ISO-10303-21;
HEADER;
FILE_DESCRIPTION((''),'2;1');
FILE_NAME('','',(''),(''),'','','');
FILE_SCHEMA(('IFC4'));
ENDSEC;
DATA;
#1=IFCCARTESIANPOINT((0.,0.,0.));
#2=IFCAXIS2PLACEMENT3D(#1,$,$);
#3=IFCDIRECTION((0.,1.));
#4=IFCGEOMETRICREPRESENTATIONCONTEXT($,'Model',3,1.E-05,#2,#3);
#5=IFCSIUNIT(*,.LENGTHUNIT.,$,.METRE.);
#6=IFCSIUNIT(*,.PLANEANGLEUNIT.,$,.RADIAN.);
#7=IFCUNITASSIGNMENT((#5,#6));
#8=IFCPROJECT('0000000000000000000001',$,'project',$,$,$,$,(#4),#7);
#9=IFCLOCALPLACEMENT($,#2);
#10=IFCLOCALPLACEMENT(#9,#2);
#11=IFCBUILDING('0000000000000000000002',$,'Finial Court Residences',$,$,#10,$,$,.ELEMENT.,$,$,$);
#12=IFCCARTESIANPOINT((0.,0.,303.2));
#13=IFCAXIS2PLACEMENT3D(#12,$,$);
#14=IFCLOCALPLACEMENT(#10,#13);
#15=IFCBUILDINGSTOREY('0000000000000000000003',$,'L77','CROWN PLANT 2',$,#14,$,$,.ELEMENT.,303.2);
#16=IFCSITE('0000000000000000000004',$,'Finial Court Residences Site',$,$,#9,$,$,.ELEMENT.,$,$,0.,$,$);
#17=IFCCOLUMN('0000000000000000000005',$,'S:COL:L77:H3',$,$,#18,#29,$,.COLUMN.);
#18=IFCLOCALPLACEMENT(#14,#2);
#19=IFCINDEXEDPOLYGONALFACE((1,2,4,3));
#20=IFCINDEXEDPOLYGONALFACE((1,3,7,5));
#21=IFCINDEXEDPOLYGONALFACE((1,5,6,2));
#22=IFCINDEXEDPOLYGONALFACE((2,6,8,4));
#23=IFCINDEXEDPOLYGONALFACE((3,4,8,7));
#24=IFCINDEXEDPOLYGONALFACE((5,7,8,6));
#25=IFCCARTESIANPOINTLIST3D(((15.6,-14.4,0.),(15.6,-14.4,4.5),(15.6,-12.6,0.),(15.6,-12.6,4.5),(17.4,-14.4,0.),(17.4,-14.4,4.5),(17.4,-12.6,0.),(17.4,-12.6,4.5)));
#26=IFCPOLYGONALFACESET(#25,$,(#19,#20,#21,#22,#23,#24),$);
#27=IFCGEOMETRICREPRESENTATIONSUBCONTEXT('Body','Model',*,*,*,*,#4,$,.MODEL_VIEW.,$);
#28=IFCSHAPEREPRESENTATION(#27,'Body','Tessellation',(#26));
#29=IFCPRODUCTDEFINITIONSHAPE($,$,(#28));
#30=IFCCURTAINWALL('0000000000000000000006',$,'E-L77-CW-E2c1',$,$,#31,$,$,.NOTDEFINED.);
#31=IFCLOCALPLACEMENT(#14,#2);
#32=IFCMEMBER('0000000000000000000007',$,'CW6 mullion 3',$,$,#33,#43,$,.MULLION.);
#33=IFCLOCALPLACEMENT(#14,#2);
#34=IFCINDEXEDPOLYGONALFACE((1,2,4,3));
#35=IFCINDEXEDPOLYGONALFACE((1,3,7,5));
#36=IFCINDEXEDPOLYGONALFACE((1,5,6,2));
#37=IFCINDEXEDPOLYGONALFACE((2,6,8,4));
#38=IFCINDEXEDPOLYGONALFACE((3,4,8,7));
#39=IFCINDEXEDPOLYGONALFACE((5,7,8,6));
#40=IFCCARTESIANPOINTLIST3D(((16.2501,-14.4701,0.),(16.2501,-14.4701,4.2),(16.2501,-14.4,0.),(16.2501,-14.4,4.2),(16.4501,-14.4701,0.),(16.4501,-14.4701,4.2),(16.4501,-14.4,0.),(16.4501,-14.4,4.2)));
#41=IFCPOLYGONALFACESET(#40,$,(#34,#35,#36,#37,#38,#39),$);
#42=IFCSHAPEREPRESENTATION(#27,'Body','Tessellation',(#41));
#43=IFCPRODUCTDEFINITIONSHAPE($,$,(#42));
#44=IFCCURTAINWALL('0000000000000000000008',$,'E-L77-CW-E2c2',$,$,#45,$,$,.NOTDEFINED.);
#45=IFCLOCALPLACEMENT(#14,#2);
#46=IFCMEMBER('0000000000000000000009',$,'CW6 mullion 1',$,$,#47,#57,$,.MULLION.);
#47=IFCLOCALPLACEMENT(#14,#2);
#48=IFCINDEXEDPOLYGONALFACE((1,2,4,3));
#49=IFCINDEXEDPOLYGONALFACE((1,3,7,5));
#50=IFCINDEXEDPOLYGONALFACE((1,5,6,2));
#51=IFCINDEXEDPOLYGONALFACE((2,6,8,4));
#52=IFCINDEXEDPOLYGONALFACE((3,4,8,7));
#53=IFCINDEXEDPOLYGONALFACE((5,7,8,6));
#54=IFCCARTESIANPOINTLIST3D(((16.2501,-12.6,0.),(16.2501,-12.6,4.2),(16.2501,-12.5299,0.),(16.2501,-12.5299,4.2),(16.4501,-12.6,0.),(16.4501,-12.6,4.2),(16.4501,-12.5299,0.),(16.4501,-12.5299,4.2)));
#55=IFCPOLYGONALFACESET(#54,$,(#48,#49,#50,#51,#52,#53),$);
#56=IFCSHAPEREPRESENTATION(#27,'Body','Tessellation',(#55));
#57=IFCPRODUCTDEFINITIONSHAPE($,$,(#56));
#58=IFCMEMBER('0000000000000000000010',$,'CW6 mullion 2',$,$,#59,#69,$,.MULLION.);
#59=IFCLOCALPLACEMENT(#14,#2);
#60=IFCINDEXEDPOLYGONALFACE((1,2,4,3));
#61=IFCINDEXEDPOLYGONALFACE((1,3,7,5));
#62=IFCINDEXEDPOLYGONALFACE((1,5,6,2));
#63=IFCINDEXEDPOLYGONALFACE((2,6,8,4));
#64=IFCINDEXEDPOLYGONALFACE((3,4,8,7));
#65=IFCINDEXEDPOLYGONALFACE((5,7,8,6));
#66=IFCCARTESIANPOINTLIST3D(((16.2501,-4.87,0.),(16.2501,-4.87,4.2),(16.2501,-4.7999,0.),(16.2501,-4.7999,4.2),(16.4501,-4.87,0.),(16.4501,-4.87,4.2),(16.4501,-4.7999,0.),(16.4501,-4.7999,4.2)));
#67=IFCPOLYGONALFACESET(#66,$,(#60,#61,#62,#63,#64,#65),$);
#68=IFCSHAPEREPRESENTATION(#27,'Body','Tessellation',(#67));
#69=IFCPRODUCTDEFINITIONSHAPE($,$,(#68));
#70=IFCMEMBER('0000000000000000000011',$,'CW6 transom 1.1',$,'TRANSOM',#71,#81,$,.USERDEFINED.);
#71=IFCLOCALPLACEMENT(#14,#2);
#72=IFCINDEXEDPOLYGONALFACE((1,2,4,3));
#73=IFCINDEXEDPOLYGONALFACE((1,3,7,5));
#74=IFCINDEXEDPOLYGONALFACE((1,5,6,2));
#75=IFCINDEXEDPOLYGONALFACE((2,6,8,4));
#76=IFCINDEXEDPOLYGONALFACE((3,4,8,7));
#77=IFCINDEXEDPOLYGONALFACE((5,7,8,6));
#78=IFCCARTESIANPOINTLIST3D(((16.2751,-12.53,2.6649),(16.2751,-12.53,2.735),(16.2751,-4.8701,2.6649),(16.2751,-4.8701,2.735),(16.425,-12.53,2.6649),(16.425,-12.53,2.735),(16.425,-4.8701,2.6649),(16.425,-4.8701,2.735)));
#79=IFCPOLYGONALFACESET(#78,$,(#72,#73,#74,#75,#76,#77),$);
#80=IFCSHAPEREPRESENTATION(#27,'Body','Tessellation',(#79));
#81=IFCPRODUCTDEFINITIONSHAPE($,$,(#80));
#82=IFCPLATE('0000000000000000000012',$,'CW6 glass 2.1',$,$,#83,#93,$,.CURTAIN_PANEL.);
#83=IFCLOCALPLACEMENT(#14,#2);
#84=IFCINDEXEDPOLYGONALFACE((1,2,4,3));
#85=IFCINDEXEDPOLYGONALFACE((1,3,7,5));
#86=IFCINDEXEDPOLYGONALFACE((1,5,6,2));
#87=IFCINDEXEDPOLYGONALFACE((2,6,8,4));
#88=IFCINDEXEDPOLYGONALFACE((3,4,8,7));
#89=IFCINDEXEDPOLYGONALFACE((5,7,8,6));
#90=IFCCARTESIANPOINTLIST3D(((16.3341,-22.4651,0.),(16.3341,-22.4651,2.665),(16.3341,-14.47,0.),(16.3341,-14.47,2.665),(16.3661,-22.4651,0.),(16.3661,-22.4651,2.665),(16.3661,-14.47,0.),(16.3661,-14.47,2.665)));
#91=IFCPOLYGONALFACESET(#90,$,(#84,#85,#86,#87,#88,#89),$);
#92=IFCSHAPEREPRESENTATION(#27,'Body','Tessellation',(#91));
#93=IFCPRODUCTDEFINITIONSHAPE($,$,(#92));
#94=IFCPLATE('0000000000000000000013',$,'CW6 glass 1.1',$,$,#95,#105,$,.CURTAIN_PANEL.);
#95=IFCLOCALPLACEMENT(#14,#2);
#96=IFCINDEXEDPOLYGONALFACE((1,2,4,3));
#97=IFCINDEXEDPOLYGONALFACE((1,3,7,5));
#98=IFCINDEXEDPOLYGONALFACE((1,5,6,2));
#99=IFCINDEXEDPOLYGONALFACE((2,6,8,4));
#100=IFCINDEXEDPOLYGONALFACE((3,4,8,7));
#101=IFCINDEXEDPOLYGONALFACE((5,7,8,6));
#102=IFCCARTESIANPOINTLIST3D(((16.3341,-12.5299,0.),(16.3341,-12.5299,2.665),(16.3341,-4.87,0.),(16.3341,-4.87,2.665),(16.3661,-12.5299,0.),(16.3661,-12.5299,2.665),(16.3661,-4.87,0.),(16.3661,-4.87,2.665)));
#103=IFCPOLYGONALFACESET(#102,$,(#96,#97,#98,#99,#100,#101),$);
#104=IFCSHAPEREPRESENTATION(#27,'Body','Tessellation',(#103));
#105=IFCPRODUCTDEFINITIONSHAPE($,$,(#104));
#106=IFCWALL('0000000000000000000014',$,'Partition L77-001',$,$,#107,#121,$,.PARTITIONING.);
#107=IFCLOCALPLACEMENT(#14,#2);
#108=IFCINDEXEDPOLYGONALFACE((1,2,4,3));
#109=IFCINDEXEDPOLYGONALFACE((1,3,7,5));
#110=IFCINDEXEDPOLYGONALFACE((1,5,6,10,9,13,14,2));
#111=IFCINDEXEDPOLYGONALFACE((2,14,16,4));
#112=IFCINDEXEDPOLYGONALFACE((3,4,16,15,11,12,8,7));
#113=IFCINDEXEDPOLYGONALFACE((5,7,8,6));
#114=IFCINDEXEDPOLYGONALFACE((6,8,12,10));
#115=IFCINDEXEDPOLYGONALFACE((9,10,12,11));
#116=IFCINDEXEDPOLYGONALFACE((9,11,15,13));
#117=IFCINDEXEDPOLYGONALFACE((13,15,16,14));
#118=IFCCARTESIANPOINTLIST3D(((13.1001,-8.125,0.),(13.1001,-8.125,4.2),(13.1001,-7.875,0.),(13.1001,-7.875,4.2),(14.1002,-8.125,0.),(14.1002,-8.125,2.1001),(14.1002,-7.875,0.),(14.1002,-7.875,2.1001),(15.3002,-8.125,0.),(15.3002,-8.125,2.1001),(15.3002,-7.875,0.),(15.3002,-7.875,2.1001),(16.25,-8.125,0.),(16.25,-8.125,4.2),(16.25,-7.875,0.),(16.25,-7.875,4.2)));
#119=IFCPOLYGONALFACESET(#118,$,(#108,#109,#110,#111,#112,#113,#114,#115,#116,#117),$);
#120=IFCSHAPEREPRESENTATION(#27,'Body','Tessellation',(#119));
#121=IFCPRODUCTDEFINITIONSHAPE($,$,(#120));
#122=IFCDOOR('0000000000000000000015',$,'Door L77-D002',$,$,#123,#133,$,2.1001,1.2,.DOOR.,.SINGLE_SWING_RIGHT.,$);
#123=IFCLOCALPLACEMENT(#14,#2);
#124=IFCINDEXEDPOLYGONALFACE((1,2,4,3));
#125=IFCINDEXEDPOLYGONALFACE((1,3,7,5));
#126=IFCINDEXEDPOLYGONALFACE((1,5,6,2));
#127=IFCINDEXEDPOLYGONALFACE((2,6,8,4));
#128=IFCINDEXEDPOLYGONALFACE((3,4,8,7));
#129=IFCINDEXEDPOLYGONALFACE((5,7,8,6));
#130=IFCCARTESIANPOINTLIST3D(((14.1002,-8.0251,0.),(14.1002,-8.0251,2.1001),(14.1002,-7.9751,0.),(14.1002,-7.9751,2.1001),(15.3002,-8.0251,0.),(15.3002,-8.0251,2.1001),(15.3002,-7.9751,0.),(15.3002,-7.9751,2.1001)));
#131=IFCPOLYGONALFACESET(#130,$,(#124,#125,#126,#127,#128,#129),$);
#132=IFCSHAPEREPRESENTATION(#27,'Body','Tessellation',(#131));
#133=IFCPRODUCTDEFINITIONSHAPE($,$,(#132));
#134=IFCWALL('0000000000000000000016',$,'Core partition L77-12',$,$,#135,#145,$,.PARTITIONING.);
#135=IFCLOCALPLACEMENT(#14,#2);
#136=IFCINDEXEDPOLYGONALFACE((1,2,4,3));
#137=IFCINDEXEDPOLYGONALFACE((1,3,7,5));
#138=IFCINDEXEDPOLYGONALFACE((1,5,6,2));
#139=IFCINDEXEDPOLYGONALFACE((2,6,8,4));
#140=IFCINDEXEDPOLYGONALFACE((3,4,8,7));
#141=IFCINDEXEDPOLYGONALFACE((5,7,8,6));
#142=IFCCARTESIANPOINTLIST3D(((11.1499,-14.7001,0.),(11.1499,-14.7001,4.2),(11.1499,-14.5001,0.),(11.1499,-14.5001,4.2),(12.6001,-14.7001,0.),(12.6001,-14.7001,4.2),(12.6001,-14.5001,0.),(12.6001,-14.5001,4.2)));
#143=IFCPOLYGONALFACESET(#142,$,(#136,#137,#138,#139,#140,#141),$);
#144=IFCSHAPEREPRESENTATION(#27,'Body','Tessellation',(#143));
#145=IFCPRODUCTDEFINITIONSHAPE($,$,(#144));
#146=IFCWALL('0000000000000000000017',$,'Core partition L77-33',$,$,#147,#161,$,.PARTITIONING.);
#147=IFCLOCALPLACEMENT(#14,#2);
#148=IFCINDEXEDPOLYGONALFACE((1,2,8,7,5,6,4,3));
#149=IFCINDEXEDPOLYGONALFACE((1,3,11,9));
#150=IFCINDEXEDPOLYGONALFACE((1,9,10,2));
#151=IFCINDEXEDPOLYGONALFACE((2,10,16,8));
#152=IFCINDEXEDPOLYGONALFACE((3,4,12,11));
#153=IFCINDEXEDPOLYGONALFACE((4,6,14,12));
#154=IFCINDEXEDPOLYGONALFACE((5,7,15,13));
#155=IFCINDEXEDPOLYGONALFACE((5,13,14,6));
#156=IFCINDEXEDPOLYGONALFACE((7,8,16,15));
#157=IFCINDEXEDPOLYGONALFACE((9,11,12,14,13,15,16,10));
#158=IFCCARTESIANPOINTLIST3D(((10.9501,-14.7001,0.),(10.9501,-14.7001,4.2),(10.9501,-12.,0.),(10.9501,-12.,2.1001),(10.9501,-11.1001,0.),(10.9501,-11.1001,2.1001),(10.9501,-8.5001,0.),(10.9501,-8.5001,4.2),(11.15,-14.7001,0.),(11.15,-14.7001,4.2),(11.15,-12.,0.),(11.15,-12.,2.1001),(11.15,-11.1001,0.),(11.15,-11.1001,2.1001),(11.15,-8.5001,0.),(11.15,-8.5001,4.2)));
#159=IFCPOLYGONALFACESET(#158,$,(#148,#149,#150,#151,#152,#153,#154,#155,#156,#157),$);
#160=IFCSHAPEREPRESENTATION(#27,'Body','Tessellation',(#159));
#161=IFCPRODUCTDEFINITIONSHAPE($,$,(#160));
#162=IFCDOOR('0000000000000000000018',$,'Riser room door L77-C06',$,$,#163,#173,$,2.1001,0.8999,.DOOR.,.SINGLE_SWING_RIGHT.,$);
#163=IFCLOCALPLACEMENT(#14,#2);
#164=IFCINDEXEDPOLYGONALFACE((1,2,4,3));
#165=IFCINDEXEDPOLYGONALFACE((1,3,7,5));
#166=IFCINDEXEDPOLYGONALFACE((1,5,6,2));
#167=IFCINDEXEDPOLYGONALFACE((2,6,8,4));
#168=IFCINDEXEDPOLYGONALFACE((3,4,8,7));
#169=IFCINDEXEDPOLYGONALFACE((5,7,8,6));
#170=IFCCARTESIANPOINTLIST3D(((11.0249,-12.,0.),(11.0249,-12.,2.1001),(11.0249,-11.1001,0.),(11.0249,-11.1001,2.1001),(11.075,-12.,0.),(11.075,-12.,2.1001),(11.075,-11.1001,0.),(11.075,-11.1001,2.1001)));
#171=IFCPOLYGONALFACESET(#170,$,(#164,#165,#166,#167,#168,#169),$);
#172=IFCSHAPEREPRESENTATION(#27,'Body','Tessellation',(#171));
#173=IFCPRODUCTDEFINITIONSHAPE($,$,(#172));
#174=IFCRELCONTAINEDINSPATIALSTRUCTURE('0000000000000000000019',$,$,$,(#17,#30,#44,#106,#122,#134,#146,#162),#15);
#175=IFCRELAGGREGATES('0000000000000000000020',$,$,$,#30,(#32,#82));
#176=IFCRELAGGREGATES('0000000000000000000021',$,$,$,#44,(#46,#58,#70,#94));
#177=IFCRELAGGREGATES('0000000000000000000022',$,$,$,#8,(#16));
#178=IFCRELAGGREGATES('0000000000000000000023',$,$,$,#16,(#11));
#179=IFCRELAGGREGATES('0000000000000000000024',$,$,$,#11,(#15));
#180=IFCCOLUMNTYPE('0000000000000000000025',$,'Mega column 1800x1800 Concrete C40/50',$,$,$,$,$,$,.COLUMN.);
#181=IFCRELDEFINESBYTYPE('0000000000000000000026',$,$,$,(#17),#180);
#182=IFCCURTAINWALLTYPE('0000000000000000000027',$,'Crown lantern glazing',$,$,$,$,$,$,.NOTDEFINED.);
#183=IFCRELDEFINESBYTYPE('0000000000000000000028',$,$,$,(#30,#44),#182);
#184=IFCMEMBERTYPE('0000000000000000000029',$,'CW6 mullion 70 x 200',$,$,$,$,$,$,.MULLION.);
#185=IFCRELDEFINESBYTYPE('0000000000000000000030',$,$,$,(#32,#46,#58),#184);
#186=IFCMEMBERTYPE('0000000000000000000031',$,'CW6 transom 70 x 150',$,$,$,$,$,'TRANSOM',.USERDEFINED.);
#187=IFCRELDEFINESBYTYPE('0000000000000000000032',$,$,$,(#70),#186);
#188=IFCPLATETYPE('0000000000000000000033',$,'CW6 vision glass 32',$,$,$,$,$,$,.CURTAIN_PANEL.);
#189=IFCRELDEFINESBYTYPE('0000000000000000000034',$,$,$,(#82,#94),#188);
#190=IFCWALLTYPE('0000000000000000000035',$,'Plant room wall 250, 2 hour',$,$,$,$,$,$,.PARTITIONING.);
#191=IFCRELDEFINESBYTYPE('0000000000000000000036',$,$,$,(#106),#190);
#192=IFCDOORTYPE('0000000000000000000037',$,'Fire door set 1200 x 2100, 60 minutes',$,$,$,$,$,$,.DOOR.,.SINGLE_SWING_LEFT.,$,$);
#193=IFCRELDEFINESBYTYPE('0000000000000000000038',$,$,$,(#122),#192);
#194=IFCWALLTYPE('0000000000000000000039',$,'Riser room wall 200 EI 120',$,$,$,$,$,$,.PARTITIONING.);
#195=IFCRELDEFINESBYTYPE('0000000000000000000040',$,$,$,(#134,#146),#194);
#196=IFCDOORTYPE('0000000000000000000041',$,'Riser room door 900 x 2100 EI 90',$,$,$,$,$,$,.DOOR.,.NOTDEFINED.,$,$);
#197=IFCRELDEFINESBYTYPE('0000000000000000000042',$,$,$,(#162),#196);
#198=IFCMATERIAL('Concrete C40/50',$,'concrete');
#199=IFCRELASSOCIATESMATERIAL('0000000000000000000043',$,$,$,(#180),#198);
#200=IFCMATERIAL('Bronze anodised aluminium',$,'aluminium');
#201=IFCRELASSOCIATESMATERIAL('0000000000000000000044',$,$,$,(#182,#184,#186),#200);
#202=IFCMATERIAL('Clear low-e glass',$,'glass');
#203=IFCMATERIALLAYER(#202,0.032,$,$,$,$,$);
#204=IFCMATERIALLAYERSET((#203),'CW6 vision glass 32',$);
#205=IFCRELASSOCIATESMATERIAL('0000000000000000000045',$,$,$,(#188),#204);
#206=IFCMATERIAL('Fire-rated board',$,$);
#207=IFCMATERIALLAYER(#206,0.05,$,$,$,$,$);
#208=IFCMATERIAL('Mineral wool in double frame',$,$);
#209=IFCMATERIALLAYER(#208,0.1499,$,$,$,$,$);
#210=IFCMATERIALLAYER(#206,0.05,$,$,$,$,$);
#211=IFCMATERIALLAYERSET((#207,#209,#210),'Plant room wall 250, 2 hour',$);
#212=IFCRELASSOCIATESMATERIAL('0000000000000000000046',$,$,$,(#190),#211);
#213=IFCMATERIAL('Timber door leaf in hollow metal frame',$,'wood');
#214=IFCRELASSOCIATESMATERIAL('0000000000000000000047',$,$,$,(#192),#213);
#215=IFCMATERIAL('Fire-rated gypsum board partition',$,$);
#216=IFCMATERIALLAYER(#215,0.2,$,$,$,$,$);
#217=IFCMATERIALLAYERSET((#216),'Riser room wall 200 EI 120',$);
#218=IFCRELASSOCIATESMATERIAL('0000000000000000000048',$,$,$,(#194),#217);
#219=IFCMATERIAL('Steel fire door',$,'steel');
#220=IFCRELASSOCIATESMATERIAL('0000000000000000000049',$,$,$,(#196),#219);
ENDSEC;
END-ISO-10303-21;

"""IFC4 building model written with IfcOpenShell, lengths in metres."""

from ifc_helpers import new_model, si_unit, direction, frame, frame_2d, origin, origin_2d, place, context, subcontext, project, spatial, rectangle, extrude, material, layer, layer_set, material_profile, profile_set, type_object, element, fill, aggregate, save


model = new_model("IFC4")

# Units and contexts
model_context = context("Model", 3, precision=1e-05, world=origin(), true_north=direction((0.0, 1.0)))
body_context = subcontext(model_context, "Body", "Model", "MODEL_VIEW")
ifc_project = project(units=[si_unit("LENGTHUNIT", "METRE"), si_unit("PLANEANGLEUNIT", "RADIAN")], contexts=[model_context])

# Site, building, storey
site_placement = place(None, origin())
site = spatial("IfcSite", under=ifc_project, at=site_placement, Name="Finial Court Residences Site", CompositionType="ELEMENT", RefElevation=0.0)
building_placement = place(site_placement, origin())
building = spatial("IfcBuilding", under=site, at=building_placement, Name="Finial Court Residences", CompositionType="ELEMENT")
storey_placement = place(building_placement, frame((0.0, 0.0, 303.2)))
storey = spatial("IfcBuildingStorey", under=building, at=storey_placement, Name="L77", Description="CROWN PLANT 2", CompositionType="ELEMENT", Elevation=303.2)

# Column
ifc_material_1 = material(Name="Concrete C40/50", Category="concrete")
ifc_material_profile_1 = material_profile(ifc_material_1, rectangle(XDim=1.8, YDim=1.8, at=origin_2d()), Name="1800x1800")
ifc_profile_set_1 = profile_set([ifc_material_profile_1], Name="Concrete C40/50")
column_type = type_object("IfcColumnType", Name="Mega column 1800x1800 Concrete C40/50", PredefinedType="COLUMN", material=ifc_profile_set_1)
column_placement = place(storey_placement, frame((16.5, -13.5, 0.0), z_axis=(0.0, 0.0, 1.0), x_axis=(1.0, 0.0, 0.0)))
element("IfcColumn", 1, at=column_placement, inside=storey, type_object=column_type, Name="S:COL:L77:H3", PredefinedType="COLUMN", context=body_context, shape_type="SweptSolid", body=[
    extrude(rectangle(XDim=1.8, YDim=1.8, at=origin_2d()), origin(), (0.0, 0.0, 1.0), 4.5),
])

# Curtain wall, member
ifc_material_2 = material(Name="Bronze anodised aluminium", Category="aluminium")
curtain_wall_type = type_object("IfcCurtainWallType", Name="Crown lantern glazing", PredefinedType="NOTDEFINED", material=ifc_material_2)
curtain_wall_1_placement = place(storey_placement, origin())
curtain_wall_1 = element("IfcCurtainWall", 2, at=curtain_wall_1_placement, inside=storey, type_object=curtain_wall_type, Name="E-L77-CW-E2c1", PredefinedType="NOTDEFINED")
ifc_material_profile_2 = material_profile(ifc_material_2, rectangle(XDim=0.2, YDim=0.0701, at=origin_2d()), Name="CW6 mullion 70 x 200")
ifc_profile_set_2 = profile_set([ifc_material_profile_2], Name="Bronze anodised aluminium")
member_type_1 = type_object("IfcMemberType", Name="CW6 mullion 70 x 200", PredefinedType="MULLION", material=ifc_profile_set_2)
member_1_placement = place(storey_placement, frame((16.3501, -14.4351, 0.0), z_axis=(0.0, 0.0, 1.0), x_axis=(-1.0, 0.0, 0.0)))
member_1 = element("IfcMember", 3, at=member_1_placement, type_object=member_type_1, Name="CW6 mullion 3", PredefinedType="MULLION", context=body_context, shape_type="SweptSolid", body=[
    extrude(rectangle(XDim=0.2, YDim=0.0701, at=origin_2d()), origin(), (0.0, 0.0, 1.0), 4.2),
])

# Curtain wall, members
curtain_wall_2_placement = place(storey_placement, origin())
curtain_wall_2 = element("IfcCurtainWall", 4, at=curtain_wall_2_placement, inside=storey, type_object=curtain_wall_type, Name="E-L77-CW-E2c2", PredefinedType="NOTDEFINED")
member_2_placement = place(storey_placement, frame((16.3501, -12.5649, 0.0), z_axis=(0.0, 0.0, 1.0), x_axis=(-1.0, 0.0, 0.0)))
member_2 = element("IfcMember", 5, at=member_2_placement, type_object=member_type_1, Name="CW6 mullion 1", PredefinedType="MULLION", context=body_context, shape_type="SweptSolid", body=[
    extrude(rectangle(XDim=0.2, YDim=0.0701, at=origin_2d()), origin(), (0.0, 0.0, 1.0), 4.2),
])
member_3_placement = place(storey_placement, frame((16.3501, -4.835, 0.0), z_axis=(0.0, 0.0, 1.0), x_axis=(-1.0, 0.0, 0.0)))
member_3 = element("IfcMember", 6, at=member_3_placement, type_object=member_type_1, Name="CW6 mullion 2", PredefinedType="MULLION", context=body_context, shape_type="SweptSolid", body=[
    extrude(rectangle(XDim=0.2, YDim=0.0701, at=origin_2d()), origin(), (0.0, 0.0, 1.0), 4.2),
])
ifc_material_profile_3 = material_profile(ifc_material_2, rectangle(XDim=0.1499, YDim=0.0701, at=origin_2d()), Name="CW6 transom 70 x 150")
ifc_profile_set_3 = profile_set([ifc_material_profile_3], Name="Bronze anodised aluminium")
member_type_2 = type_object("IfcMemberType", Name="CW6 transom 70 x 150", ElementType="TRANSOM", PredefinedType="USERDEFINED", material=ifc_profile_set_3)
member_4_placement = place(storey_placement, frame((16.3501, -12.53, 2.7), z_axis=(0.0, 1.0, 0.0), x_axis=(-1.0, 0.0, 0.0)))
member_4 = element("IfcMember", 7, at=member_4_placement, type_object=member_type_2, Name="CW6 transom 1.1", ObjectType="TRANSOM", PredefinedType="USERDEFINED", context=body_context, shape_type="SweptSolid", body=[
    extrude(rectangle(XDim=0.1499, YDim=0.0701, at=origin_2d()), origin(), (0.0, 0.0, 1.0), 7.6599),
])

# Plates
ifc_material_3 = material(Name="Clear low-e glass", Category="glass")
ifc_layer_1 = layer(ifc_material_3, 0.032)
ifc_layer_set_1 = layer_set([ifc_layer_1], Name="CW6 vision glass 32")
plate_type = type_object("IfcPlateType", Name="CW6 vision glass 32", PredefinedType="CURTAIN_PANEL", material=ifc_layer_set_1)
plate_1_placement = place(storey_placement, frame((16.3501, -18.4675, 0.0), z_axis=(0.0, 0.0, 1.0), x_axis=(0.0, 1.0, 0.0)))
plate_1 = element("IfcPlate", 8, at=plate_1_placement, type_object=plate_type, Name="CW6 glass 2.1", PredefinedType="CURTAIN_PANEL", context=body_context, shape_type="SweptSolid", body=[
    extrude(rectangle(XDim=7.9951, YDim=0.032, at=origin_2d()), origin(), (0.0, 0.0, 1.0), 2.665),
])
plate_2_placement = place(storey_placement, frame((16.3501, -8.7, 0.0), z_axis=(0.0, 0.0, 1.0), x_axis=(0.0, 1.0, 0.0)))
plate_2 = element("IfcPlate", 9, at=plate_2_placement, type_object=plate_type, Name="CW6 glass 1.1", PredefinedType="CURTAIN_PANEL", context=body_context, shape_type="SweptSolid", body=[
    extrude(rectangle(XDim=7.6599, YDim=0.032, at=origin_2d()), origin(), (0.0, 0.0, 1.0), 2.665),
])

# Wall, opening, door
ifc_material_4 = material(Name="Fire-rated board")
ifc_layer_2 = layer(ifc_material_4, 0.05)
ifc_material_5 = material(Name="Mineral wool in double frame")
ifc_layer_3 = layer(ifc_material_5, 0.1499)
ifc_layer_4 = layer(ifc_material_4, 0.05)
ifc_layer_set_2 = layer_set([ifc_layer_2, ifc_layer_3, ifc_layer_4], Name="Plant room wall 250, 2 hour")
wall_type_1 = type_object("IfcWallType", Name="Plant room wall 250, 2 hour", PredefinedType="PARTITIONING", material=ifc_layer_set_2)
wall_1_placement = place(storey_placement, frame((13.1001, -8.0, 0.0), z_axis=(0.0, 0.0, 1.0), x_axis=(1.0, 0.0, 0.0)))
wall_1 = element("IfcWall", 10, at=wall_1_placement, inside=storey, type_object=wall_type_1, Name="Partition L77-001", PredefinedType="PARTITIONING", context=body_context, shape_type="SweptSolid", body=[
    extrude(rectangle(XDim=3.1499, YDim=0.25, at=frame_2d((1.575, 0.0))), origin(), (0.0, 0.0, 1.0), 4.2),
])
opening_1_placement = place(wall_1_placement, frame((1.0, 0.0, 0.0)))
opening_1 = element("IfcOpeningElement", 11, at=opening_1_placement, cuts=wall_1, PredefinedType="OPENING", context=body_context, shape_type="SweptSolid", body=[
    extrude(rectangle(XDim=1.2, YDim=2.1001, at=frame_2d((0.6001, 1.05))), frame((0.0, 0.135, 0.0), z_axis=(0.0, -1.0, 0.0), x_axis=(1.0, 0.0, 0.0)), (0.0, 0.0, 1.0), 0.27),
])
ifc_material_6 = material(Name="Timber door leaf in hollow metal frame", Category="wood")
door_type_1 = type_object("IfcDoorType", Name="Fire door set 1200 x 2100, 60 minutes", OperationType="SINGLE_SWING_LEFT", PredefinedType="DOOR", material=ifc_material_6)
door_1_placement = place(opening_1_placement, origin())
door_1 = element("IfcDoor", 12, at=door_1_placement, inside=storey, type_object=door_type_1, Name="Door L77-D002", OperationType="SINGLE_SWING_RIGHT", OverallHeight=2.1001, OverallWidth=1.2, PredefinedType="DOOR", context=body_context, shape_type="SweptSolid", body=[
    extrude(rectangle(XDim=1.2, YDim=2.1001, at=frame_2d((0.6001, 1.05))), frame((0.0, 0.0249, 0.0), z_axis=(0.0, -1.0, 0.0), x_axis=(1.0, 0.0, 0.0)), (0.0, 0.0, 1.0), 0.05),
])
fill(opening_1, door_1)

# Wall
ifc_material_7 = material(Name="Fire-rated gypsum board partition")
ifc_layer_5 = layer(ifc_material_7, 0.2)
ifc_layer_set_3 = layer_set([ifc_layer_5], Name="Riser room wall 200 EI 120")
wall_type_2 = type_object("IfcWallType", Name="Riser room wall 200 EI 120", PredefinedType="PARTITIONING", material=ifc_layer_set_3)
wall_2_placement = place(storey_placement, frame((11.1499, -14.6001, 0.0), z_axis=(0.0, 0.0, 1.0), x_axis=(1.0, 0.0, 0.0)))
element("IfcWall", 13, at=wall_2_placement, inside=storey, type_object=wall_type_2, Name="Core partition L77-12", PredefinedType="PARTITIONING", context=body_context, shape_type="SweptSolid", body=[
    extrude(rectangle(XDim=1.4502, YDim=0.2, at=frame_2d((0.7251, 0.0))), origin(), (0.0, 0.0, 1.0), 4.2),
])

# Wall, opening, door
wall_3_placement = place(storey_placement, frame((11.05, -8.5, 0.0), z_axis=(0.0, 0.0, 1.0), x_axis=(0.0, -1.0, 0.0)))
wall_3 = element("IfcWall", 14, at=wall_3_placement, inside=storey, type_object=wall_type_2, Name="Core partition L77-33", PredefinedType="PARTITIONING", context=body_context, shape_type="SweptSolid", body=[
    extrude(rectangle(XDim=6.2, YDim=0.2, at=frame_2d((3.1001, 0.0))), origin(), (0.0, 0.0, 1.0), 4.2),
])
opening_2_placement = place(wall_3_placement, frame((2.6001, 0.0, 0.0)))
opening_2 = element("IfcOpeningElement", 15, at=opening_2_placement, cuts=wall_3, PredefinedType="OPENING", context=body_context, shape_type="SweptSolid", body=[
    extrude(rectangle(XDim=0.8999, YDim=2.1001, at=frame_2d((0.45, 1.05))), frame((0.0, 0.1099, 0.0), z_axis=(0.0, -1.0, 0.0), x_axis=(1.0, 0.0, 0.0)), (0.0, 0.0, 1.0), 0.22),
])
ifc_material_8 = material(Name="Steel fire door", Category="steel")
door_type_2 = type_object("IfcDoorType", Name="Riser room door 900 x 2100 EI 90", OperationType="NOTDEFINED", PredefinedType="DOOR", material=ifc_material_8)
door_2_placement = place(opening_2_placement, origin())
door_2 = element("IfcDoor", 16, at=door_2_placement, inside=storey, type_object=door_type_2, Name="Riser room door L77-C06", OperationType="SINGLE_SWING_RIGHT", OverallHeight=2.1001, OverallWidth=0.8999, PredefinedType="DOOR", context=body_context, shape_type="SweptSolid", body=[
    extrude(rectangle(XDim=0.8999, YDim=2.1001, at=frame_2d((0.45, 1.05))), frame((0.0, 0.0249, 0.0), z_axis=(0.0, -1.0, 0.0), x_axis=(1.0, 0.0, 0.0)), (0.0, 0.0, 1.0), 0.05),
])
fill(opening_2, door_2)

aggregate(curtain_wall_1, [member_1, plate_1])
aggregate(curtain_wall_2, [member_2, member_3, member_4, plate_2])

save(model, "model.ifc")
